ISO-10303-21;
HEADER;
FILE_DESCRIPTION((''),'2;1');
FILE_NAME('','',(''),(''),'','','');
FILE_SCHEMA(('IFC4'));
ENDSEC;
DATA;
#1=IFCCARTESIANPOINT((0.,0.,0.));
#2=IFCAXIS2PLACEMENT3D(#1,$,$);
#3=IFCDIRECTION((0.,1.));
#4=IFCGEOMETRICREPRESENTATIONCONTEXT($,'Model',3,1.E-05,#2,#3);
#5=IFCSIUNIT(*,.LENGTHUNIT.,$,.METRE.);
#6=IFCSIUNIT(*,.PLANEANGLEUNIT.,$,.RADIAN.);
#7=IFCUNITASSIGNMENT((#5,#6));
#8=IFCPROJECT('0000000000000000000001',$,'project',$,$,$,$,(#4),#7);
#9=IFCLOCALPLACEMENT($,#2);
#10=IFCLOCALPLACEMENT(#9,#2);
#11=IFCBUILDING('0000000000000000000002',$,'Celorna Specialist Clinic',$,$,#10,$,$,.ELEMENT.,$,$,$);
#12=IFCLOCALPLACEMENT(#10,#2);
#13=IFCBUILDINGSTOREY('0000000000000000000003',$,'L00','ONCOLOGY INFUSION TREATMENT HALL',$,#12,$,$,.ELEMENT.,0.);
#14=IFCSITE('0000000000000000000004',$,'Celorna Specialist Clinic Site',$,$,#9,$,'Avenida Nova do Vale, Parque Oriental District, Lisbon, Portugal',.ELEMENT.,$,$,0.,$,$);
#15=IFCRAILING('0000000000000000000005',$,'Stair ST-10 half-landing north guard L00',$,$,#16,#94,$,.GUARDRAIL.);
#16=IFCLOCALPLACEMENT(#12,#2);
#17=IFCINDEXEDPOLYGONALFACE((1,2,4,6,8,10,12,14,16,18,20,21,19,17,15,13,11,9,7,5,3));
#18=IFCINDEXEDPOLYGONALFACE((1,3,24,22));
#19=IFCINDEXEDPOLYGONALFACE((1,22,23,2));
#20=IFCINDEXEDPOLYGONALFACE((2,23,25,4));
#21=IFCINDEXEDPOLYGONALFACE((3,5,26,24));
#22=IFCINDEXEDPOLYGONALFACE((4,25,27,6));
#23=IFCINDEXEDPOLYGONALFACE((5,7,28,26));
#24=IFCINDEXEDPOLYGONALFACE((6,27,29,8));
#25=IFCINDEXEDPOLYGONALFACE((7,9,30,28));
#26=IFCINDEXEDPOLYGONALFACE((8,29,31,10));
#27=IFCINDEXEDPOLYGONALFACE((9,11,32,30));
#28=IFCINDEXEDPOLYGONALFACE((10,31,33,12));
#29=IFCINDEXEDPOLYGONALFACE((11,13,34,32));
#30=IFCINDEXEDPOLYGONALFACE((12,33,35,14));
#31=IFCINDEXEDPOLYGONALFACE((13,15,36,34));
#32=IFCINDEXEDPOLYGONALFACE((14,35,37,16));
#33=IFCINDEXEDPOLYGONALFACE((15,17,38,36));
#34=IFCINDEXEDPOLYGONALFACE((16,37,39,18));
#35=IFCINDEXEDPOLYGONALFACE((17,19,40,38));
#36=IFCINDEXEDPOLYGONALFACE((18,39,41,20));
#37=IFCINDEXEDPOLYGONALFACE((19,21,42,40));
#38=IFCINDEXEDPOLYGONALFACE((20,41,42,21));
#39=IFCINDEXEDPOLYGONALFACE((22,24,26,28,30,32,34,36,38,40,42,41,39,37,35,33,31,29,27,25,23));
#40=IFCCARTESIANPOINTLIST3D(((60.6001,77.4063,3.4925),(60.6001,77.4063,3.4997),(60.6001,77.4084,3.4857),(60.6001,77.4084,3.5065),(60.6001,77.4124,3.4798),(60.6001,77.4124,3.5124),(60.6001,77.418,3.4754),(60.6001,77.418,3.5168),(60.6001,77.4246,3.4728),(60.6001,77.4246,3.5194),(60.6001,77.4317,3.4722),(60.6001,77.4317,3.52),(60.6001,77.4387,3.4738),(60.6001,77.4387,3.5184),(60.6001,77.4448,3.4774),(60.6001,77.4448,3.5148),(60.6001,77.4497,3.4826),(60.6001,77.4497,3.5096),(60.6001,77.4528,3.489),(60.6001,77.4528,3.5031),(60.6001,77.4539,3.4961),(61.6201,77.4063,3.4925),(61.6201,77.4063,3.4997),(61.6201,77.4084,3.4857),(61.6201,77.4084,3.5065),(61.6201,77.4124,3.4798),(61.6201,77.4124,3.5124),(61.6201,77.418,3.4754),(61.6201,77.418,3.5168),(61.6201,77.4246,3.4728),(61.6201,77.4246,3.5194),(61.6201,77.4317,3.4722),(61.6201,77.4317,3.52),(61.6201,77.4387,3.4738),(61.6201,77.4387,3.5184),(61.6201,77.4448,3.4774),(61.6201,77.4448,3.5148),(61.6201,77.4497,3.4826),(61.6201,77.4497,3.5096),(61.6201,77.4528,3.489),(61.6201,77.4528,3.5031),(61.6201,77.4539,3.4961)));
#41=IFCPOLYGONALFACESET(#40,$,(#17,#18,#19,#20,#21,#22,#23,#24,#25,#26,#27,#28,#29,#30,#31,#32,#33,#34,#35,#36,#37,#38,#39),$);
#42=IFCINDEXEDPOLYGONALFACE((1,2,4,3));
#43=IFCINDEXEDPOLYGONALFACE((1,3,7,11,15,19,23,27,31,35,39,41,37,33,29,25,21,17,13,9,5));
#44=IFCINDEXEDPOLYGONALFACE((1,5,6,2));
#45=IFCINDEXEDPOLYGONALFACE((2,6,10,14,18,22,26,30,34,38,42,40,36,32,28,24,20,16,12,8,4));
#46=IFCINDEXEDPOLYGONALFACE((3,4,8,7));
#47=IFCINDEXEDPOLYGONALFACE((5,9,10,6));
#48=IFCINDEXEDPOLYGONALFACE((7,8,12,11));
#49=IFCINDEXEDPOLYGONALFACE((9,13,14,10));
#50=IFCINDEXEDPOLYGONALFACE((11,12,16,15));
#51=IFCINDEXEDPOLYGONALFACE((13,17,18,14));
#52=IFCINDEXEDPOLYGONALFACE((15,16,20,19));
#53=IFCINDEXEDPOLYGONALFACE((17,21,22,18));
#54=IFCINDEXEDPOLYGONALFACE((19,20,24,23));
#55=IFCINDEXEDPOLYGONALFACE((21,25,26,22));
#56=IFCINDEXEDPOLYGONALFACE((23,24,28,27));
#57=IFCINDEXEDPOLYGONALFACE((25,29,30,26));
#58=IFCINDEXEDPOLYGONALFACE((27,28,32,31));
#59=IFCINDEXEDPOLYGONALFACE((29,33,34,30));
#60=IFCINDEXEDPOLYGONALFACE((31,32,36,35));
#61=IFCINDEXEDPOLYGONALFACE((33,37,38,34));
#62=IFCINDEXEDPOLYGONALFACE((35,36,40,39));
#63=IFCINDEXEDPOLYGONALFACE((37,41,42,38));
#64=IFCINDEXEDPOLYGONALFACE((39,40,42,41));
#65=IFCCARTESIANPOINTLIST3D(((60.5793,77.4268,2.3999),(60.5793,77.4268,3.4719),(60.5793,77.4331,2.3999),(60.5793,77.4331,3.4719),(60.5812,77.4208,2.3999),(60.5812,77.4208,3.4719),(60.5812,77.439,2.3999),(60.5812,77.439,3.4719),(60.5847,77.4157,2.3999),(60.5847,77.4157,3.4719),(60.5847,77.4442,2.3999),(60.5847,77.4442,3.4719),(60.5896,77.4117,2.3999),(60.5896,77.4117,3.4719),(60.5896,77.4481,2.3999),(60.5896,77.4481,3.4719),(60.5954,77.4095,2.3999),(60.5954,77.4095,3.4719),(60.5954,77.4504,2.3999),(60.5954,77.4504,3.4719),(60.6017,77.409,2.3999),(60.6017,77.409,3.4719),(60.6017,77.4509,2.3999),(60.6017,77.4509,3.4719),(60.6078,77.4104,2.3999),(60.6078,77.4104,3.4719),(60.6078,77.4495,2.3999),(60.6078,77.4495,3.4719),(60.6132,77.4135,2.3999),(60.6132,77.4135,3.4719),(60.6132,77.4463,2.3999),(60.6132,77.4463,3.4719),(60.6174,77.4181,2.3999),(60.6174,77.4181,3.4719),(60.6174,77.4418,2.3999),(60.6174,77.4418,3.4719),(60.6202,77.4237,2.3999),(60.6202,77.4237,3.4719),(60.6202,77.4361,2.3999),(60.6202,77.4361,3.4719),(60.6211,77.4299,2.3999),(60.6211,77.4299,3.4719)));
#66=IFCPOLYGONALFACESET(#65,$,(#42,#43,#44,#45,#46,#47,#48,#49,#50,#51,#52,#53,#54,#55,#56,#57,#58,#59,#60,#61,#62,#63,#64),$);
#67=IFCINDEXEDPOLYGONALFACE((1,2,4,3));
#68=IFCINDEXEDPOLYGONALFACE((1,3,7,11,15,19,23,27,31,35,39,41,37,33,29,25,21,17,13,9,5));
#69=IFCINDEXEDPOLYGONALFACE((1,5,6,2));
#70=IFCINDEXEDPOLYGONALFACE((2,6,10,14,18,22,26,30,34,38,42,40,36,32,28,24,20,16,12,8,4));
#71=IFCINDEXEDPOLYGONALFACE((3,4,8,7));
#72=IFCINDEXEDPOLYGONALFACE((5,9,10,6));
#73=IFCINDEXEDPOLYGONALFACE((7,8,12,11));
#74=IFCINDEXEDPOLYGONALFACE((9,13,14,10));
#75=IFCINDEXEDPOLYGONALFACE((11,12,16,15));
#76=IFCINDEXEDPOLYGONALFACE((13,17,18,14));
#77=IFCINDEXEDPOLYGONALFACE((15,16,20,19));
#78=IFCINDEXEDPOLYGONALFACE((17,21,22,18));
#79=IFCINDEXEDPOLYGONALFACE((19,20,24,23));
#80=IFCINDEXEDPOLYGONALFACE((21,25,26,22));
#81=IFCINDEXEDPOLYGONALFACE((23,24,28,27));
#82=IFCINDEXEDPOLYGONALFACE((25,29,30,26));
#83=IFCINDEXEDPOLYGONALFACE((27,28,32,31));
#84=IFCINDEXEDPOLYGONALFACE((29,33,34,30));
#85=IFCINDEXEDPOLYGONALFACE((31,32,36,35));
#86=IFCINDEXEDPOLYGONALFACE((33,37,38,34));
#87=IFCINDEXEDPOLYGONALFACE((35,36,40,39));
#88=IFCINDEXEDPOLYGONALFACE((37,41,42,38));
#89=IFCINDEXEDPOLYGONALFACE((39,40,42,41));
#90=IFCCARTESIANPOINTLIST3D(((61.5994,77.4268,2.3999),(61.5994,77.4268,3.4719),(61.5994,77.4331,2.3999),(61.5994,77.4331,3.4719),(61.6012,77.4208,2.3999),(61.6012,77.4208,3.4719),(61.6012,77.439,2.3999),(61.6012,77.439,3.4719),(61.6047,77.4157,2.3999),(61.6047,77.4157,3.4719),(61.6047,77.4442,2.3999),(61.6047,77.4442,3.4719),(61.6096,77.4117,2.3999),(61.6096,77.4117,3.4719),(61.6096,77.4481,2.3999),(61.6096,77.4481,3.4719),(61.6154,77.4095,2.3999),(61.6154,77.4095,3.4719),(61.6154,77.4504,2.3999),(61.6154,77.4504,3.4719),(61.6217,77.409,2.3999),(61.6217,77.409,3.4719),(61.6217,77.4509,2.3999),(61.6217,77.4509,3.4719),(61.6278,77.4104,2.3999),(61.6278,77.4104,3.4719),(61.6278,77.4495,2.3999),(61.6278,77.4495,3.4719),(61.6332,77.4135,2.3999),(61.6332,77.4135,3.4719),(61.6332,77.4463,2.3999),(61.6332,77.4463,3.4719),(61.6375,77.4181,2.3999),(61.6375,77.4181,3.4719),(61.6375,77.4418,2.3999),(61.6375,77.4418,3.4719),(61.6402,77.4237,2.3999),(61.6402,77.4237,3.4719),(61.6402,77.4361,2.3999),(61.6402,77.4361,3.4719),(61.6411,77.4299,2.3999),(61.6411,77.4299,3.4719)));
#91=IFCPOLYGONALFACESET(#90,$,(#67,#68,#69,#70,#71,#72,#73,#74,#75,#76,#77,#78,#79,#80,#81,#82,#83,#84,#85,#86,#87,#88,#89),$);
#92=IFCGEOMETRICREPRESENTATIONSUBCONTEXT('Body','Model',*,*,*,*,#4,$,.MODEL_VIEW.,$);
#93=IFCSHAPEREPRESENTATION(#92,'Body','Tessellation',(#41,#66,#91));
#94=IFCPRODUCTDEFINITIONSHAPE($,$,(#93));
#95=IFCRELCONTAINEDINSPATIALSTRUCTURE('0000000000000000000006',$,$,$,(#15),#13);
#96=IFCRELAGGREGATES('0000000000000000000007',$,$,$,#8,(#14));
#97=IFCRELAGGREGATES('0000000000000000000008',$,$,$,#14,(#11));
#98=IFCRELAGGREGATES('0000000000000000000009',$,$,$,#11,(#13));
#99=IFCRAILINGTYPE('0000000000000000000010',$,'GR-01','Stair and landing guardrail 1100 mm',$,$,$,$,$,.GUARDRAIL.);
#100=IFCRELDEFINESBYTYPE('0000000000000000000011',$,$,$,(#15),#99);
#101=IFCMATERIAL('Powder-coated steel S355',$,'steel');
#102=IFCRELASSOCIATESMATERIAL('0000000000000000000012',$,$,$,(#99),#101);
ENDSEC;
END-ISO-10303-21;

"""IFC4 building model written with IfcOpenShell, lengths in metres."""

from ifc_helpers import new_model, si_unit, direction, frame, origin, origin_2d, place, context, subcontext, project, spatial, circle, extrude, material, type_object, element, save


model = new_model("IFC4")

# Units and contexts
model_context = context("Model", 3, precision=1e-05, world=origin(), true_north=direction((0.0, 1.0)))
body_context = subcontext(model_context, "Body", "Model", "MODEL_VIEW")
ifc_project = project(units=[si_unit("LENGTHUNIT", "METRE"), si_unit("PLANEANGLEUNIT", "RADIAN")], contexts=[model_context])

# Site, building, storey
site_placement = place(None, origin())
site = spatial("IfcSite", under=ifc_project, at=site_placement, Name="Celorna Specialist Clinic Site", LongName="Avenida Nova do Vale, Parque Oriental District, Lisbon, Portugal", CompositionType="ELEMENT", RefElevation=0.0)
building_placement = place(site_placement, origin())
building = spatial("IfcBuilding", under=site, at=building_placement, Name="Celorna Specialist Clinic", CompositionType="ELEMENT")
storey_placement = place(building_placement, origin())
storey = spatial("IfcBuildingStorey", under=building, at=storey_placement, Name="L00", Description="ONCOLOGY INFUSION TREATMENT HALL", CompositionType="ELEMENT", Elevation=0.0)

# Railing
ifc_material_1 = material(Name="Powder-coated steel S355", Category="steel")
railing_type_1 = type_object("IfcRailingType", Name="GR-01", Description="Stair and landing guardrail 1100 mm", PredefinedType="GUARDRAIL", material=ifc_material_1)
railing_1_placement = place(storey_placement, frame((60.6001, 77.4299, 2.3999)))
element("IfcRailing", 1, at=railing_1_placement, inside=storey, type_object=railing_type_1, Name="Stair ST-10 half-landing north guard L00", PredefinedType="GUARDRAIL", context=body_context, shape_type="SweptSolid", body=[
    extrude(circle(Radius=0.0239, at=origin_2d()), frame((0.0, 0.0, 1.0962), z_axis=(1.0, 0.0, 0.0), x_axis=(0.0, 1.0, 0.0)), (0.0, 0.0, 1.0), 1.02),
    extrude(circle(Radius=0.021, at=origin_2d()), origin(), (0.0, 0.0, 1.0), 1.072),
    extrude(circle(Radius=0.021, at=origin_2d()), frame((1.02, 0.0, 0.0)), (0.0, 0.0, 1.0), 1.072),
])

save(model, "model.ifc")
